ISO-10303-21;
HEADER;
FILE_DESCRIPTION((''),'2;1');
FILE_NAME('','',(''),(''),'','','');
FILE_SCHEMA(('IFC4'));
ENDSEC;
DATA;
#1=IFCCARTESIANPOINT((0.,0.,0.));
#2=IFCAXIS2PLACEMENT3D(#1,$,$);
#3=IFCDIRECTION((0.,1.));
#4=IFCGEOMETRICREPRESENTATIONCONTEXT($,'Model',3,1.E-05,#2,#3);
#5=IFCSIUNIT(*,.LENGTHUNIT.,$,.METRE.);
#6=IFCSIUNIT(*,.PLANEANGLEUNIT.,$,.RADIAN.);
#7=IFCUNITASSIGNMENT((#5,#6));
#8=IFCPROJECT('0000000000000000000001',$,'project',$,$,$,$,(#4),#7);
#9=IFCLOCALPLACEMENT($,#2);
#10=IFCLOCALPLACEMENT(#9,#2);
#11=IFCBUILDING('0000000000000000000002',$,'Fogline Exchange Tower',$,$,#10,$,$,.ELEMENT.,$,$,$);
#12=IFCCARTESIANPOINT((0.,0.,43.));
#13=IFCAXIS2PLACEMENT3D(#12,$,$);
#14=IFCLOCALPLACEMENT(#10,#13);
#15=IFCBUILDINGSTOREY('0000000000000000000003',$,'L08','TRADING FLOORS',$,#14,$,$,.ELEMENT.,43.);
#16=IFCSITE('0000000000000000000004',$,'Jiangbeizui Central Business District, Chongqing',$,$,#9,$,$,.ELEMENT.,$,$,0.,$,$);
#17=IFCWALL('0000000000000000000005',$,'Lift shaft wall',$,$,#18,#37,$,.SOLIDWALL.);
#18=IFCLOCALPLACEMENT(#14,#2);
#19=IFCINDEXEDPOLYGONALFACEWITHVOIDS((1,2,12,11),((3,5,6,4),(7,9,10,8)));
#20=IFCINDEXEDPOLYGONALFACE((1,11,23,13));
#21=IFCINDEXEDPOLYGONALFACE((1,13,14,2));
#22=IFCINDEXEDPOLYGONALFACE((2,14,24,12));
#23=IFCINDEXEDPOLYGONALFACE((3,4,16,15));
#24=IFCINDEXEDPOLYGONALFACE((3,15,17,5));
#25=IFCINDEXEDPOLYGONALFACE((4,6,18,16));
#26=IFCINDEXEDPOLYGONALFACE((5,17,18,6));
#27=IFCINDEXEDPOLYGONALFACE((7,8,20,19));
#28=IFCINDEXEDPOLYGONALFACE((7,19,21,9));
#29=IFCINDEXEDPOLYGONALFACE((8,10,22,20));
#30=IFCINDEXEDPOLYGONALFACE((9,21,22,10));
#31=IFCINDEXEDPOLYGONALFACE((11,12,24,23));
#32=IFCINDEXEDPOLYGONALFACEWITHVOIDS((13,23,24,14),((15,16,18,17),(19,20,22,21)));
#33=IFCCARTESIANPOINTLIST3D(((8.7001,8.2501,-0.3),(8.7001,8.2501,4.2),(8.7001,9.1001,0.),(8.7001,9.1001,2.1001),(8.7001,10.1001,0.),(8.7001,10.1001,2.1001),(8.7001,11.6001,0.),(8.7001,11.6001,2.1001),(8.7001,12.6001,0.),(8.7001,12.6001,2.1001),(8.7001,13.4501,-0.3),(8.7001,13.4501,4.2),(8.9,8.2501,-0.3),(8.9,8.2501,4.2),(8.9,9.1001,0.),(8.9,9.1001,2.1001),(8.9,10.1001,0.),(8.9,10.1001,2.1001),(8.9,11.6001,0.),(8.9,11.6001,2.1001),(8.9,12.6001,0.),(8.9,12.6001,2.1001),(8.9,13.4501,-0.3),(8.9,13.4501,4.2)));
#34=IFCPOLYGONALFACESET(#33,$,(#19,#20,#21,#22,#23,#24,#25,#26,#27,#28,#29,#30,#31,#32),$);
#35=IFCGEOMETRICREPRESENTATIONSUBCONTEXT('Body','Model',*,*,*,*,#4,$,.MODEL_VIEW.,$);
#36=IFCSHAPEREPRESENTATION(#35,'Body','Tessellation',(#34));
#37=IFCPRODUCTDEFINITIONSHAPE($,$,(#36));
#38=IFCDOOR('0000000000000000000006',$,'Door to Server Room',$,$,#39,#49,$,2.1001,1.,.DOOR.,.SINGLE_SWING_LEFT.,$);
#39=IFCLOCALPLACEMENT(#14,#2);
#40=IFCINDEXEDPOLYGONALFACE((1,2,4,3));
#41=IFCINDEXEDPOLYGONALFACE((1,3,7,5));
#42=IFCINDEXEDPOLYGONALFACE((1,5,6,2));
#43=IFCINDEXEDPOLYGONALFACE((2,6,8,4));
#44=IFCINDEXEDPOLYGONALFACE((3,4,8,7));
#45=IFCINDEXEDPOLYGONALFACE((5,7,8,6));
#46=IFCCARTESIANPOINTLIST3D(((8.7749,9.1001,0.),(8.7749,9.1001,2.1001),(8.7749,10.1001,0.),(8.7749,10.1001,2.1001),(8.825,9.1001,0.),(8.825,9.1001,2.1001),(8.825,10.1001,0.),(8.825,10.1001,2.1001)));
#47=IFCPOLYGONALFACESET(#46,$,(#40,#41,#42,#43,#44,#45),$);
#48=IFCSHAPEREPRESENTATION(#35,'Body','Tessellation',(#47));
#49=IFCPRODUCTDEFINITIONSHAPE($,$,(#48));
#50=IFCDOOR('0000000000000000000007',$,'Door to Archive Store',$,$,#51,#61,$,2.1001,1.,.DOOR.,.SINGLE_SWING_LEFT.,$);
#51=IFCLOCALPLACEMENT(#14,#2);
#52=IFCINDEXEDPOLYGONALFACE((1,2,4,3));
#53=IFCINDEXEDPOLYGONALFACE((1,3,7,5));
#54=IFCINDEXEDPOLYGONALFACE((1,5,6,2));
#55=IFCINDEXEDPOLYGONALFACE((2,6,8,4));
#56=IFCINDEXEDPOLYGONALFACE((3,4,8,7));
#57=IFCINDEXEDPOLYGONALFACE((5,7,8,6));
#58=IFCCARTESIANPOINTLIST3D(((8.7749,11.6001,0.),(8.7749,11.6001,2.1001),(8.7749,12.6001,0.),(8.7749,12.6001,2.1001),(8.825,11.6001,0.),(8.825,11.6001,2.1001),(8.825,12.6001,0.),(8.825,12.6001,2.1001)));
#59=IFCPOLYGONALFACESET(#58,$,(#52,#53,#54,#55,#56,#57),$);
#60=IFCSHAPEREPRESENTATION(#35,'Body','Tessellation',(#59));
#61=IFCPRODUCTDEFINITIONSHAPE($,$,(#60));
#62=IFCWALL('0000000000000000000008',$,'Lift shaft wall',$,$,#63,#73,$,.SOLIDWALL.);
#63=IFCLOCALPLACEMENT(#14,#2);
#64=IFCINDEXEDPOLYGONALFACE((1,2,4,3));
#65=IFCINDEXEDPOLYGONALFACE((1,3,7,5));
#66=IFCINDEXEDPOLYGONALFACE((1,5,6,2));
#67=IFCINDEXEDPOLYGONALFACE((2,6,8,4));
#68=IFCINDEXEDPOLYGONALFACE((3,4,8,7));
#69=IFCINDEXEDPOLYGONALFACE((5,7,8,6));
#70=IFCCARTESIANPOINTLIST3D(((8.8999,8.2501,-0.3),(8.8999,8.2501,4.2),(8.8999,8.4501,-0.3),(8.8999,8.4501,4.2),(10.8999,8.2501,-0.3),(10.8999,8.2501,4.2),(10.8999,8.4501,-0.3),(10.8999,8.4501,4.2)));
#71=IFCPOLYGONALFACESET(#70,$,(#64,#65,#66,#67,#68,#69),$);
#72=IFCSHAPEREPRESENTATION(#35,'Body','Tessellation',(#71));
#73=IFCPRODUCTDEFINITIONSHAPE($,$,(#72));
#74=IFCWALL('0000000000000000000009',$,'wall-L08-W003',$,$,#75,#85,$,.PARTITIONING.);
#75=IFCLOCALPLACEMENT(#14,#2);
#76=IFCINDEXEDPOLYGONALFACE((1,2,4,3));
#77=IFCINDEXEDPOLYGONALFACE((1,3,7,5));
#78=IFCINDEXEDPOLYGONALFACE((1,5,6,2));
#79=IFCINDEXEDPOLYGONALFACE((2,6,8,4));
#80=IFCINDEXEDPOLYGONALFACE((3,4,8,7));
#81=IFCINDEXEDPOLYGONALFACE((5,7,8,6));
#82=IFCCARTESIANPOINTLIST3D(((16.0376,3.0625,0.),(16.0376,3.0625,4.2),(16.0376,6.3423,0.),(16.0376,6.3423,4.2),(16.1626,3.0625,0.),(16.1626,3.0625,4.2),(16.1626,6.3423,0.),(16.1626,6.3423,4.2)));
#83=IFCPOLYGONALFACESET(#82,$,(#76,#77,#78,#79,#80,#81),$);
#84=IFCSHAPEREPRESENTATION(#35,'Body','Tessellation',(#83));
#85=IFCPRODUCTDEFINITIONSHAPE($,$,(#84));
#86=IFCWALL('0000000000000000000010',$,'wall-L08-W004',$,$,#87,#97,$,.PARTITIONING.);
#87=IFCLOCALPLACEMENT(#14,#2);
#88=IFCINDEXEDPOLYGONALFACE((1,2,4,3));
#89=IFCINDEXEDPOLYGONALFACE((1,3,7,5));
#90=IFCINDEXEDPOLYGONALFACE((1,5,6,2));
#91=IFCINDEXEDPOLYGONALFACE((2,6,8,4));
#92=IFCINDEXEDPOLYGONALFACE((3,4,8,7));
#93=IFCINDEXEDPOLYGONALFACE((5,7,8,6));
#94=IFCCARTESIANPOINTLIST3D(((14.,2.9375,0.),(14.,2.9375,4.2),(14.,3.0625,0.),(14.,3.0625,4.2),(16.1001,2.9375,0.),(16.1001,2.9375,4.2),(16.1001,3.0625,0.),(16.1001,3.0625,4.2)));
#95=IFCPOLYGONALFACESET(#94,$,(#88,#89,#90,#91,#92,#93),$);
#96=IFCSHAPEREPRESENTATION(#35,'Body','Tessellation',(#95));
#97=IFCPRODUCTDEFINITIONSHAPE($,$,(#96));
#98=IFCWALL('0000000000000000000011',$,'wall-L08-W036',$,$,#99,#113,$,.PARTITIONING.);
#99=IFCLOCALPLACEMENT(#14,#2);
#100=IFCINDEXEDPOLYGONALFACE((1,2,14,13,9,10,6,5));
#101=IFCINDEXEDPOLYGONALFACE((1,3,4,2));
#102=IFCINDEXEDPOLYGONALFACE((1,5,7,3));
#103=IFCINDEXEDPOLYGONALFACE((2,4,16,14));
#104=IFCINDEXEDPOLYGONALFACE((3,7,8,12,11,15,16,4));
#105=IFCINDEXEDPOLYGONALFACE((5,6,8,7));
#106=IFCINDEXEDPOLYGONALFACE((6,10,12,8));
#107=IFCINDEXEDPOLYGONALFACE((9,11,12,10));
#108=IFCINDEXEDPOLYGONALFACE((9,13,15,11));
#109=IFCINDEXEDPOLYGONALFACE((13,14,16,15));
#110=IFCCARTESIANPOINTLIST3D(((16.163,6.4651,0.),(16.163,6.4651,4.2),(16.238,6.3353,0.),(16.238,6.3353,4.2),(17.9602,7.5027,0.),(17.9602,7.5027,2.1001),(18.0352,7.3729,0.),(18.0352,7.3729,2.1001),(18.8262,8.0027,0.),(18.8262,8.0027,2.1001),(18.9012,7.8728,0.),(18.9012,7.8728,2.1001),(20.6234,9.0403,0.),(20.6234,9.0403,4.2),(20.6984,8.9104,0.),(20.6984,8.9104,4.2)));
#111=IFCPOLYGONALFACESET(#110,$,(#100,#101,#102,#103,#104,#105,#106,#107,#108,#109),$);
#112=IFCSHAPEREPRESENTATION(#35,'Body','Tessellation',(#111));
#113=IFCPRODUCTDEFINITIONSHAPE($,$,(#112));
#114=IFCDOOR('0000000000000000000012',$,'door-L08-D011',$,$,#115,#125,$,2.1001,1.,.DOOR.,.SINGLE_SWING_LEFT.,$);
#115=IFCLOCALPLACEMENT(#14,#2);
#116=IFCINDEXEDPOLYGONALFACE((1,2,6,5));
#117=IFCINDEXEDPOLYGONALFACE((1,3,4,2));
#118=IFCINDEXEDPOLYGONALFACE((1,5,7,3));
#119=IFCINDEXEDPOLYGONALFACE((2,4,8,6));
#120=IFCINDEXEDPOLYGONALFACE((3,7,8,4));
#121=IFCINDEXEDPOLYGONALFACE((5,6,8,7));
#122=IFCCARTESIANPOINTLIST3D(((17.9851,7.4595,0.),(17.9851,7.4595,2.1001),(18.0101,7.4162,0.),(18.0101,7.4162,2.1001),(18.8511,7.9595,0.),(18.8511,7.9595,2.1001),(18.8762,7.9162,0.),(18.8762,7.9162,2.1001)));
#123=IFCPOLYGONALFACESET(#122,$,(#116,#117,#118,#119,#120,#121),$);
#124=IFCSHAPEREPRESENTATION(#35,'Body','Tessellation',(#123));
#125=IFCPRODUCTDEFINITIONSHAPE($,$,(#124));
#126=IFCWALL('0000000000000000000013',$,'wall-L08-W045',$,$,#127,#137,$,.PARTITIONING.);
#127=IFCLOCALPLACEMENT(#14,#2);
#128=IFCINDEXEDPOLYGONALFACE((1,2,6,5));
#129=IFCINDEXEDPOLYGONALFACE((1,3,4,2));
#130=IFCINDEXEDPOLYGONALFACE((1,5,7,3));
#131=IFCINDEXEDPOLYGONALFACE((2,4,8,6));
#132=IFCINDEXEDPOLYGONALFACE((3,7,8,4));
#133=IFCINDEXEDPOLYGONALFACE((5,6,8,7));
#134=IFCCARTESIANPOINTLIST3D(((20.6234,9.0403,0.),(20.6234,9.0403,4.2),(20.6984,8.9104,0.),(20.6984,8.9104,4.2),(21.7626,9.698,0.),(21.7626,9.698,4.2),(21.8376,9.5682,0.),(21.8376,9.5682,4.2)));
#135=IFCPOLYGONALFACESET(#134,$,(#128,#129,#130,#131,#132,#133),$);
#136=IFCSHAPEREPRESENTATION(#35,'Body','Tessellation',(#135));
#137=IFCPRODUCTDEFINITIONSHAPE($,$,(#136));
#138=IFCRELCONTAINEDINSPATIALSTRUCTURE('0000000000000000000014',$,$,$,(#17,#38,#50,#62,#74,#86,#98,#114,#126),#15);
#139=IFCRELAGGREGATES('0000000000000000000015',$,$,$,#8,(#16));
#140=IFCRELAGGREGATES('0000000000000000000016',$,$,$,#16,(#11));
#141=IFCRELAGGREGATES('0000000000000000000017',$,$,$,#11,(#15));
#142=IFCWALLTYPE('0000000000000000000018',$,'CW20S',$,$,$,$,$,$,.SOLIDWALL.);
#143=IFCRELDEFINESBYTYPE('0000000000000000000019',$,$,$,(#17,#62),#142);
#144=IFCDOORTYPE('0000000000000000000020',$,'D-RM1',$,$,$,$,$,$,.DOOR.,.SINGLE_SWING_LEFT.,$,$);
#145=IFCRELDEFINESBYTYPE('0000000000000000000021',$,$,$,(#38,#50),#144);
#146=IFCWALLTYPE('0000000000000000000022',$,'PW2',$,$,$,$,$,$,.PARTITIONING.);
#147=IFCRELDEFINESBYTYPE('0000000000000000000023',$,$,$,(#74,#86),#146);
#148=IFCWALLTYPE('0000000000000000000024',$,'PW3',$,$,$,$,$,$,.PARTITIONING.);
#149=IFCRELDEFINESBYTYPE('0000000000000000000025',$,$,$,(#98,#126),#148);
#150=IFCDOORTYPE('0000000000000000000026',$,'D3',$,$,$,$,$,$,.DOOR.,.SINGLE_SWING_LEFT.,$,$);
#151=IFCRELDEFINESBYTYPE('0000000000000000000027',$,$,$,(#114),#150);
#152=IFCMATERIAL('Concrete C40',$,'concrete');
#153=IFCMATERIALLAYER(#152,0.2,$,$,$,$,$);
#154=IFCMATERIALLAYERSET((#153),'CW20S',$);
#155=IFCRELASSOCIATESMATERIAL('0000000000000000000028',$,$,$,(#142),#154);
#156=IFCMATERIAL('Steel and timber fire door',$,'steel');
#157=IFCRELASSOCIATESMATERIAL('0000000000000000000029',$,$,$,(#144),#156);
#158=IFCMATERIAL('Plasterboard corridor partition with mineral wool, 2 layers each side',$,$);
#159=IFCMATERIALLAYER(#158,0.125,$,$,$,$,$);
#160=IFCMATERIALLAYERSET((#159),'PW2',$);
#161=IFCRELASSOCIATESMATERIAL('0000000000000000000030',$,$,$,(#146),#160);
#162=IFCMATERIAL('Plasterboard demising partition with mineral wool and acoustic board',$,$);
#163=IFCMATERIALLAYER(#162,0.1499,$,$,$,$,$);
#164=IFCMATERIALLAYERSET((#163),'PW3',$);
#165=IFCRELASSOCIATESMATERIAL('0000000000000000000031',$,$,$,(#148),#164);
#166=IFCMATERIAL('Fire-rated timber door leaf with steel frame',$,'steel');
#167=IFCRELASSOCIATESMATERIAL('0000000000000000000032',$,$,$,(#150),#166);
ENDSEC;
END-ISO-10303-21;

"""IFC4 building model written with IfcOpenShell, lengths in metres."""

from ifc_helpers import new_model, si_unit, direction, frame, frame_2d, origin, place, context, subcontext, project, spatial, rectangle, extrude, material, layer, layer_set, type_object, element, fill, save


model = new_model("IFC4")

# Units and contexts
model_context = context("Model", 3, precision=1e-05, world=origin(), true_north=direction((0.0, 1.0)))
body_context = subcontext(model_context, "Body", "Model", "MODEL_VIEW")
ifc_project = project(units=[si_unit("LENGTHUNIT", "METRE"), si_unit("PLANEANGLEUNIT", "RADIAN")], contexts=[model_context])

# Site, building, storey
site_placement = place(None, origin())
site = spatial("IfcSite", under=ifc_project, at=site_placement, Name="Jiangbeizui Central Business District, Chongqing", CompositionType="ELEMENT", RefElevation=0.0)
building_placement = place(site_placement, origin())
building = spatial("IfcBuilding", under=site, at=building_placement, Name="Fogline Exchange Tower", CompositionType="ELEMENT")
storey_placement = place(building_placement, frame((0.0, 0.0, 43.0)))
storey = spatial("IfcBuildingStorey", under=building, at=storey_placement, Name="L08", Description="TRADING FLOORS", CompositionType="ELEMENT", Elevation=43.0)

# Shared definitions
ifc_material_1 = material(Name="Concrete C40", Category="concrete")

# Shared definitions
ifc_material_2 = material(Name="Steel and timber fire door", Category="steel")

# Wall, openings, doors
ifc_layer_1 = layer(ifc_material_1, 0.2)
ifc_layer_set_1 = layer_set([ifc_layer_1], Name="CW20S")
wall_type_1 = type_object("IfcWallType", Name="CW20S", PredefinedType="SOLIDWALL", material=ifc_layer_set_1)
wall_1_placement = place(storey_placement, frame((8.8, 8.25, -0.3), z_axis=(0.0, 0.0, 1.0), x_axis=(0.0, 1.0, 0.0)))
wall_1 = element("IfcWall", 1, at=wall_1_placement, inside=storey, type_object=wall_type_1, Name="Lift shaft wall", PredefinedType="SOLIDWALL", context=body_context, shape_type="SweptSolid", body=[
    extrude(rectangle(XDim=5.2, YDim=0.2, at=frame_2d((2.6001, 0.0))), origin(), (0.0, 0.0, 1.0), 4.5),
])
opening_1_placement = place(wall_1_placement, frame((0.8501, 0.0, 0.3)))
opening_1 = element("IfcOpeningElement", 2, at=opening_1_placement, cuts=wall_1, PredefinedType="OPENING", context=body_context, shape_type="SweptSolid", body=[
    extrude(rectangle(XDim=1.0, YDim=2.1001, at=frame_2d((0.5, 1.05))), frame((0.0, 0.1099, 0.0), z_axis=(0.0, -1.0, 0.0), x_axis=(1.0, 0.0, 0.0)), (0.0, 0.0, 1.0), 0.22),
])
opening_2_placement = place(wall_1_placement, frame((3.3501, 0.0, 0.3)))
opening_2 = element("IfcOpeningElement", 3, at=opening_2_placement, cuts=wall_1, PredefinedType="OPENING", context=body_context, shape_type="SweptSolid", body=[
    extrude(rectangle(XDim=1.0, YDim=2.1001, at=frame_2d((0.5, 1.05))), frame((0.0, 0.1099, 0.0), z_axis=(0.0, -1.0, 0.0), x_axis=(1.0, 0.0, 0.0)), (0.0, 0.0, 1.0), 0.22),
])
door_type_1 = type_object("IfcDoorType", Name="D-RM1", OperationType="SINGLE_SWING_LEFT", PredefinedType="DOOR", material=ifc_material_2)
door_1_placement = place(opening_1_placement, frame((1.0, 0.0, 0.0), z_axis=(0.0, 0.0, 1.0), x_axis=(-1.0, 0.0, 0.0)))
door_1 = element("IfcDoor", 4, at=door_1_placement, inside=storey, type_object=door_type_1, Name="Door to Server Room", OperationType="SINGLE_SWING_LEFT", OverallHeight=2.1001, OverallWidth=1.0, PredefinedType="DOOR", context=body_context, shape_type="SweptSolid", body=[
    extrude(rectangle(XDim=1.0, YDim=2.1001, at=frame_2d((0.5, 1.05))), frame((0.0, 0.0249, 0.0), z_axis=(0.0, -1.0, 0.0), x_axis=(1.0, 0.0, 0.0)), (0.0, 0.0, 1.0), 0.05),
])
fill(opening_1, door_1)
door_2_placement = place(opening_2_placement, frame((1.0, 0.0, 0.0), z_axis=(0.0, 0.0, 1.0), x_axis=(-1.0, 0.0, 0.0)))
door_2 = element("IfcDoor", 5, at=door_2_placement, inside=storey, type_object=door_type_1, Name="Door to Archive Store", OperationType="SINGLE_SWING_LEFT", OverallHeight=2.1001, OverallWidth=1.0, PredefinedType="DOOR", context=body_context, shape_type="SweptSolid", body=[
    extrude(rectangle(XDim=1.0, YDim=2.1001, at=frame_2d((0.5, 1.05))), frame((0.0, 0.0249, 0.0), z_axis=(0.0, -1.0, 0.0), x_axis=(1.0, 0.0, 0.0)), (0.0, 0.0, 1.0), 0.05),
])
fill(opening_2, door_2)

# Walls
wall_2_placement = place(storey_placement, frame((8.8999, 8.3501, -0.3), z_axis=(0.0, 0.0, 1.0), x_axis=(1.0, 0.0, 0.0)))
element("IfcWall", 6, at=wall_2_placement, inside=storey, type_object=wall_type_1, Name="Lift shaft wall", PredefinedType="SOLIDWALL", context=body_context, shape_type="SweptSolid", body=[
    extrude(rectangle(XDim=2.0, YDim=0.2, at=frame_2d((1.0, 0.0))), origin(), (0.0, 0.0, 1.0), 4.5),
])
ifc_material_3 = material(Name="Plasterboard corridor partition with mineral wool, 2 layers each side")
ifc_layer_2 = layer(ifc_material_3, 0.125)
ifc_layer_set_2 = layer_set([ifc_layer_2], Name="PW2")
wall_type_2 = type_object("IfcWallType", Name="PW2", PredefinedType="PARTITIONING", material=ifc_layer_set_2)
wall_3_placement = place(storey_placement, frame((16.1001, 6.3423, 0.0), z_axis=(0.0, 0.0, 1.0), x_axis=(0.0, -1.0, 0.0)))
element("IfcWall", 7, at=wall_3_placement, inside=storey, type_object=wall_type_2, Name="wall-L08-W003", PredefinedType="PARTITIONING", context=body_context, shape_type="SweptSolid", body=[
    extrude(rectangle(XDim=3.2798, YDim=0.125, at=frame_2d((1.6399, 0.0))), origin(), (0.0, 0.0, 1.0), 4.2),
])
wall_4_placement = place(storey_placement, frame((16.1001, 3.0, 0.0), z_axis=(0.0, 0.0, 1.0), x_axis=(-1.0, 0.0, 0.0)))
element("IfcWall", 8, at=wall_4_placement, inside=storey, type_object=wall_type_2, Name="wall-L08-W004", PredefinedType="PARTITIONING", context=body_context, shape_type="SweptSolid", body=[
    extrude(rectangle(XDim=2.1001, YDim=0.125, at=frame_2d((1.05, 0.0))), origin(), (0.0, 0.0, 1.0), 4.2),
])

# Wall, opening, door
ifc_material_4 = material(Name="Plasterboard demising partition with mineral wool and acoustic board")
ifc_layer_3 = layer(ifc_material_4, 0.1499)
ifc_layer_set_3 = layer_set([ifc_layer_3], Name="PW3")
wall_type_3 = type_object("IfcWallType", Name="PW3", PredefinedType="PARTITIONING", material=ifc_layer_set_3)
wall_5_placement = place(storey_placement, frame((20.6609, 8.9753, 0.0), z_axis=(0.0, 0.0, 1.0), x_axis=(-0.866029, -0.499993, 0.0)))
wall_5 = element("IfcWall", 9, at=wall_5_placement, inside=storey, type_object=wall_type_3, Name="wall-L08-W036", PredefinedType="PARTITIONING", context=body_context, shape_type="SweptSolid", body=[
    extrude(rectangle(XDim=5.1504, YDim=0.1499, at=frame_2d((2.5752, 0.0))), origin(), (0.0, 0.0, 1.0), 4.2),
])
opening_3_placement = place(wall_5_placement, frame((2.0752, 0.0, 0.0)))
opening_3 = element("IfcOpeningElement", 10, at=opening_3_placement, cuts=wall_5, PredefinedType="OPENING", context=body_context, shape_type="SweptSolid", body=[
    extrude(rectangle(XDim=1.0, YDim=2.1001, at=frame_2d((0.5, 1.05))), frame((0.0, 0.085, 0.0), z_axis=(0.0, -1.0, 0.0), x_axis=(1.0, 0.0, 0.0)), (0.0, 0.0, 1.0), 0.1699),
])
ifc_material_5 = material(Name="Fire-rated timber door leaf with steel frame", Category="steel")
door_type_2 = type_object("IfcDoorType", Name="D3", OperationType="SINGLE_SWING_LEFT", PredefinedType="DOOR", material=ifc_material_5)
door_3_placement = place(opening_3_placement, origin())
door_3 = element("IfcDoor", 11, at=door_3_placement, inside=storey, type_object=door_type_2, Name="door-L08-D011", OperationType="SINGLE_SWING_LEFT", OverallHeight=2.1001, OverallWidth=1.0, PredefinedType="DOOR", context=body_context, shape_type="SweptSolid", body=[
    extrude(rectangle(XDim=1.0, YDim=2.1001, at=frame_2d((0.5, 1.05))), frame((0.0, 0.0249, 0.0), z_axis=(0.0, -1.0, 0.0), x_axis=(1.0, 0.0, 0.0)), (0.0, 0.0, 1.0), 0.05),
])
fill(opening_3, door_3)

# Wall
wall_6_placement = place(storey_placement, frame((20.6609, 8.9753, 0.0), z_axis=(0.0, 0.0, 1.0), x_axis=(0.866019, 0.500012, 0.0)))
element("IfcWall", 12, at=wall_6_placement, inside=storey, type_object=wall_type_3, Name="wall-L08-W045", PredefinedType="PARTITIONING", context=body_context, shape_type="SweptSolid", body=[
    extrude(rectangle(XDim=1.3154, YDim=0.1499, at=frame_2d((0.6577, 0.0))), origin(), (0.0, 0.0, 1.0), 4.2),
])

save(model, "model.ifc")
